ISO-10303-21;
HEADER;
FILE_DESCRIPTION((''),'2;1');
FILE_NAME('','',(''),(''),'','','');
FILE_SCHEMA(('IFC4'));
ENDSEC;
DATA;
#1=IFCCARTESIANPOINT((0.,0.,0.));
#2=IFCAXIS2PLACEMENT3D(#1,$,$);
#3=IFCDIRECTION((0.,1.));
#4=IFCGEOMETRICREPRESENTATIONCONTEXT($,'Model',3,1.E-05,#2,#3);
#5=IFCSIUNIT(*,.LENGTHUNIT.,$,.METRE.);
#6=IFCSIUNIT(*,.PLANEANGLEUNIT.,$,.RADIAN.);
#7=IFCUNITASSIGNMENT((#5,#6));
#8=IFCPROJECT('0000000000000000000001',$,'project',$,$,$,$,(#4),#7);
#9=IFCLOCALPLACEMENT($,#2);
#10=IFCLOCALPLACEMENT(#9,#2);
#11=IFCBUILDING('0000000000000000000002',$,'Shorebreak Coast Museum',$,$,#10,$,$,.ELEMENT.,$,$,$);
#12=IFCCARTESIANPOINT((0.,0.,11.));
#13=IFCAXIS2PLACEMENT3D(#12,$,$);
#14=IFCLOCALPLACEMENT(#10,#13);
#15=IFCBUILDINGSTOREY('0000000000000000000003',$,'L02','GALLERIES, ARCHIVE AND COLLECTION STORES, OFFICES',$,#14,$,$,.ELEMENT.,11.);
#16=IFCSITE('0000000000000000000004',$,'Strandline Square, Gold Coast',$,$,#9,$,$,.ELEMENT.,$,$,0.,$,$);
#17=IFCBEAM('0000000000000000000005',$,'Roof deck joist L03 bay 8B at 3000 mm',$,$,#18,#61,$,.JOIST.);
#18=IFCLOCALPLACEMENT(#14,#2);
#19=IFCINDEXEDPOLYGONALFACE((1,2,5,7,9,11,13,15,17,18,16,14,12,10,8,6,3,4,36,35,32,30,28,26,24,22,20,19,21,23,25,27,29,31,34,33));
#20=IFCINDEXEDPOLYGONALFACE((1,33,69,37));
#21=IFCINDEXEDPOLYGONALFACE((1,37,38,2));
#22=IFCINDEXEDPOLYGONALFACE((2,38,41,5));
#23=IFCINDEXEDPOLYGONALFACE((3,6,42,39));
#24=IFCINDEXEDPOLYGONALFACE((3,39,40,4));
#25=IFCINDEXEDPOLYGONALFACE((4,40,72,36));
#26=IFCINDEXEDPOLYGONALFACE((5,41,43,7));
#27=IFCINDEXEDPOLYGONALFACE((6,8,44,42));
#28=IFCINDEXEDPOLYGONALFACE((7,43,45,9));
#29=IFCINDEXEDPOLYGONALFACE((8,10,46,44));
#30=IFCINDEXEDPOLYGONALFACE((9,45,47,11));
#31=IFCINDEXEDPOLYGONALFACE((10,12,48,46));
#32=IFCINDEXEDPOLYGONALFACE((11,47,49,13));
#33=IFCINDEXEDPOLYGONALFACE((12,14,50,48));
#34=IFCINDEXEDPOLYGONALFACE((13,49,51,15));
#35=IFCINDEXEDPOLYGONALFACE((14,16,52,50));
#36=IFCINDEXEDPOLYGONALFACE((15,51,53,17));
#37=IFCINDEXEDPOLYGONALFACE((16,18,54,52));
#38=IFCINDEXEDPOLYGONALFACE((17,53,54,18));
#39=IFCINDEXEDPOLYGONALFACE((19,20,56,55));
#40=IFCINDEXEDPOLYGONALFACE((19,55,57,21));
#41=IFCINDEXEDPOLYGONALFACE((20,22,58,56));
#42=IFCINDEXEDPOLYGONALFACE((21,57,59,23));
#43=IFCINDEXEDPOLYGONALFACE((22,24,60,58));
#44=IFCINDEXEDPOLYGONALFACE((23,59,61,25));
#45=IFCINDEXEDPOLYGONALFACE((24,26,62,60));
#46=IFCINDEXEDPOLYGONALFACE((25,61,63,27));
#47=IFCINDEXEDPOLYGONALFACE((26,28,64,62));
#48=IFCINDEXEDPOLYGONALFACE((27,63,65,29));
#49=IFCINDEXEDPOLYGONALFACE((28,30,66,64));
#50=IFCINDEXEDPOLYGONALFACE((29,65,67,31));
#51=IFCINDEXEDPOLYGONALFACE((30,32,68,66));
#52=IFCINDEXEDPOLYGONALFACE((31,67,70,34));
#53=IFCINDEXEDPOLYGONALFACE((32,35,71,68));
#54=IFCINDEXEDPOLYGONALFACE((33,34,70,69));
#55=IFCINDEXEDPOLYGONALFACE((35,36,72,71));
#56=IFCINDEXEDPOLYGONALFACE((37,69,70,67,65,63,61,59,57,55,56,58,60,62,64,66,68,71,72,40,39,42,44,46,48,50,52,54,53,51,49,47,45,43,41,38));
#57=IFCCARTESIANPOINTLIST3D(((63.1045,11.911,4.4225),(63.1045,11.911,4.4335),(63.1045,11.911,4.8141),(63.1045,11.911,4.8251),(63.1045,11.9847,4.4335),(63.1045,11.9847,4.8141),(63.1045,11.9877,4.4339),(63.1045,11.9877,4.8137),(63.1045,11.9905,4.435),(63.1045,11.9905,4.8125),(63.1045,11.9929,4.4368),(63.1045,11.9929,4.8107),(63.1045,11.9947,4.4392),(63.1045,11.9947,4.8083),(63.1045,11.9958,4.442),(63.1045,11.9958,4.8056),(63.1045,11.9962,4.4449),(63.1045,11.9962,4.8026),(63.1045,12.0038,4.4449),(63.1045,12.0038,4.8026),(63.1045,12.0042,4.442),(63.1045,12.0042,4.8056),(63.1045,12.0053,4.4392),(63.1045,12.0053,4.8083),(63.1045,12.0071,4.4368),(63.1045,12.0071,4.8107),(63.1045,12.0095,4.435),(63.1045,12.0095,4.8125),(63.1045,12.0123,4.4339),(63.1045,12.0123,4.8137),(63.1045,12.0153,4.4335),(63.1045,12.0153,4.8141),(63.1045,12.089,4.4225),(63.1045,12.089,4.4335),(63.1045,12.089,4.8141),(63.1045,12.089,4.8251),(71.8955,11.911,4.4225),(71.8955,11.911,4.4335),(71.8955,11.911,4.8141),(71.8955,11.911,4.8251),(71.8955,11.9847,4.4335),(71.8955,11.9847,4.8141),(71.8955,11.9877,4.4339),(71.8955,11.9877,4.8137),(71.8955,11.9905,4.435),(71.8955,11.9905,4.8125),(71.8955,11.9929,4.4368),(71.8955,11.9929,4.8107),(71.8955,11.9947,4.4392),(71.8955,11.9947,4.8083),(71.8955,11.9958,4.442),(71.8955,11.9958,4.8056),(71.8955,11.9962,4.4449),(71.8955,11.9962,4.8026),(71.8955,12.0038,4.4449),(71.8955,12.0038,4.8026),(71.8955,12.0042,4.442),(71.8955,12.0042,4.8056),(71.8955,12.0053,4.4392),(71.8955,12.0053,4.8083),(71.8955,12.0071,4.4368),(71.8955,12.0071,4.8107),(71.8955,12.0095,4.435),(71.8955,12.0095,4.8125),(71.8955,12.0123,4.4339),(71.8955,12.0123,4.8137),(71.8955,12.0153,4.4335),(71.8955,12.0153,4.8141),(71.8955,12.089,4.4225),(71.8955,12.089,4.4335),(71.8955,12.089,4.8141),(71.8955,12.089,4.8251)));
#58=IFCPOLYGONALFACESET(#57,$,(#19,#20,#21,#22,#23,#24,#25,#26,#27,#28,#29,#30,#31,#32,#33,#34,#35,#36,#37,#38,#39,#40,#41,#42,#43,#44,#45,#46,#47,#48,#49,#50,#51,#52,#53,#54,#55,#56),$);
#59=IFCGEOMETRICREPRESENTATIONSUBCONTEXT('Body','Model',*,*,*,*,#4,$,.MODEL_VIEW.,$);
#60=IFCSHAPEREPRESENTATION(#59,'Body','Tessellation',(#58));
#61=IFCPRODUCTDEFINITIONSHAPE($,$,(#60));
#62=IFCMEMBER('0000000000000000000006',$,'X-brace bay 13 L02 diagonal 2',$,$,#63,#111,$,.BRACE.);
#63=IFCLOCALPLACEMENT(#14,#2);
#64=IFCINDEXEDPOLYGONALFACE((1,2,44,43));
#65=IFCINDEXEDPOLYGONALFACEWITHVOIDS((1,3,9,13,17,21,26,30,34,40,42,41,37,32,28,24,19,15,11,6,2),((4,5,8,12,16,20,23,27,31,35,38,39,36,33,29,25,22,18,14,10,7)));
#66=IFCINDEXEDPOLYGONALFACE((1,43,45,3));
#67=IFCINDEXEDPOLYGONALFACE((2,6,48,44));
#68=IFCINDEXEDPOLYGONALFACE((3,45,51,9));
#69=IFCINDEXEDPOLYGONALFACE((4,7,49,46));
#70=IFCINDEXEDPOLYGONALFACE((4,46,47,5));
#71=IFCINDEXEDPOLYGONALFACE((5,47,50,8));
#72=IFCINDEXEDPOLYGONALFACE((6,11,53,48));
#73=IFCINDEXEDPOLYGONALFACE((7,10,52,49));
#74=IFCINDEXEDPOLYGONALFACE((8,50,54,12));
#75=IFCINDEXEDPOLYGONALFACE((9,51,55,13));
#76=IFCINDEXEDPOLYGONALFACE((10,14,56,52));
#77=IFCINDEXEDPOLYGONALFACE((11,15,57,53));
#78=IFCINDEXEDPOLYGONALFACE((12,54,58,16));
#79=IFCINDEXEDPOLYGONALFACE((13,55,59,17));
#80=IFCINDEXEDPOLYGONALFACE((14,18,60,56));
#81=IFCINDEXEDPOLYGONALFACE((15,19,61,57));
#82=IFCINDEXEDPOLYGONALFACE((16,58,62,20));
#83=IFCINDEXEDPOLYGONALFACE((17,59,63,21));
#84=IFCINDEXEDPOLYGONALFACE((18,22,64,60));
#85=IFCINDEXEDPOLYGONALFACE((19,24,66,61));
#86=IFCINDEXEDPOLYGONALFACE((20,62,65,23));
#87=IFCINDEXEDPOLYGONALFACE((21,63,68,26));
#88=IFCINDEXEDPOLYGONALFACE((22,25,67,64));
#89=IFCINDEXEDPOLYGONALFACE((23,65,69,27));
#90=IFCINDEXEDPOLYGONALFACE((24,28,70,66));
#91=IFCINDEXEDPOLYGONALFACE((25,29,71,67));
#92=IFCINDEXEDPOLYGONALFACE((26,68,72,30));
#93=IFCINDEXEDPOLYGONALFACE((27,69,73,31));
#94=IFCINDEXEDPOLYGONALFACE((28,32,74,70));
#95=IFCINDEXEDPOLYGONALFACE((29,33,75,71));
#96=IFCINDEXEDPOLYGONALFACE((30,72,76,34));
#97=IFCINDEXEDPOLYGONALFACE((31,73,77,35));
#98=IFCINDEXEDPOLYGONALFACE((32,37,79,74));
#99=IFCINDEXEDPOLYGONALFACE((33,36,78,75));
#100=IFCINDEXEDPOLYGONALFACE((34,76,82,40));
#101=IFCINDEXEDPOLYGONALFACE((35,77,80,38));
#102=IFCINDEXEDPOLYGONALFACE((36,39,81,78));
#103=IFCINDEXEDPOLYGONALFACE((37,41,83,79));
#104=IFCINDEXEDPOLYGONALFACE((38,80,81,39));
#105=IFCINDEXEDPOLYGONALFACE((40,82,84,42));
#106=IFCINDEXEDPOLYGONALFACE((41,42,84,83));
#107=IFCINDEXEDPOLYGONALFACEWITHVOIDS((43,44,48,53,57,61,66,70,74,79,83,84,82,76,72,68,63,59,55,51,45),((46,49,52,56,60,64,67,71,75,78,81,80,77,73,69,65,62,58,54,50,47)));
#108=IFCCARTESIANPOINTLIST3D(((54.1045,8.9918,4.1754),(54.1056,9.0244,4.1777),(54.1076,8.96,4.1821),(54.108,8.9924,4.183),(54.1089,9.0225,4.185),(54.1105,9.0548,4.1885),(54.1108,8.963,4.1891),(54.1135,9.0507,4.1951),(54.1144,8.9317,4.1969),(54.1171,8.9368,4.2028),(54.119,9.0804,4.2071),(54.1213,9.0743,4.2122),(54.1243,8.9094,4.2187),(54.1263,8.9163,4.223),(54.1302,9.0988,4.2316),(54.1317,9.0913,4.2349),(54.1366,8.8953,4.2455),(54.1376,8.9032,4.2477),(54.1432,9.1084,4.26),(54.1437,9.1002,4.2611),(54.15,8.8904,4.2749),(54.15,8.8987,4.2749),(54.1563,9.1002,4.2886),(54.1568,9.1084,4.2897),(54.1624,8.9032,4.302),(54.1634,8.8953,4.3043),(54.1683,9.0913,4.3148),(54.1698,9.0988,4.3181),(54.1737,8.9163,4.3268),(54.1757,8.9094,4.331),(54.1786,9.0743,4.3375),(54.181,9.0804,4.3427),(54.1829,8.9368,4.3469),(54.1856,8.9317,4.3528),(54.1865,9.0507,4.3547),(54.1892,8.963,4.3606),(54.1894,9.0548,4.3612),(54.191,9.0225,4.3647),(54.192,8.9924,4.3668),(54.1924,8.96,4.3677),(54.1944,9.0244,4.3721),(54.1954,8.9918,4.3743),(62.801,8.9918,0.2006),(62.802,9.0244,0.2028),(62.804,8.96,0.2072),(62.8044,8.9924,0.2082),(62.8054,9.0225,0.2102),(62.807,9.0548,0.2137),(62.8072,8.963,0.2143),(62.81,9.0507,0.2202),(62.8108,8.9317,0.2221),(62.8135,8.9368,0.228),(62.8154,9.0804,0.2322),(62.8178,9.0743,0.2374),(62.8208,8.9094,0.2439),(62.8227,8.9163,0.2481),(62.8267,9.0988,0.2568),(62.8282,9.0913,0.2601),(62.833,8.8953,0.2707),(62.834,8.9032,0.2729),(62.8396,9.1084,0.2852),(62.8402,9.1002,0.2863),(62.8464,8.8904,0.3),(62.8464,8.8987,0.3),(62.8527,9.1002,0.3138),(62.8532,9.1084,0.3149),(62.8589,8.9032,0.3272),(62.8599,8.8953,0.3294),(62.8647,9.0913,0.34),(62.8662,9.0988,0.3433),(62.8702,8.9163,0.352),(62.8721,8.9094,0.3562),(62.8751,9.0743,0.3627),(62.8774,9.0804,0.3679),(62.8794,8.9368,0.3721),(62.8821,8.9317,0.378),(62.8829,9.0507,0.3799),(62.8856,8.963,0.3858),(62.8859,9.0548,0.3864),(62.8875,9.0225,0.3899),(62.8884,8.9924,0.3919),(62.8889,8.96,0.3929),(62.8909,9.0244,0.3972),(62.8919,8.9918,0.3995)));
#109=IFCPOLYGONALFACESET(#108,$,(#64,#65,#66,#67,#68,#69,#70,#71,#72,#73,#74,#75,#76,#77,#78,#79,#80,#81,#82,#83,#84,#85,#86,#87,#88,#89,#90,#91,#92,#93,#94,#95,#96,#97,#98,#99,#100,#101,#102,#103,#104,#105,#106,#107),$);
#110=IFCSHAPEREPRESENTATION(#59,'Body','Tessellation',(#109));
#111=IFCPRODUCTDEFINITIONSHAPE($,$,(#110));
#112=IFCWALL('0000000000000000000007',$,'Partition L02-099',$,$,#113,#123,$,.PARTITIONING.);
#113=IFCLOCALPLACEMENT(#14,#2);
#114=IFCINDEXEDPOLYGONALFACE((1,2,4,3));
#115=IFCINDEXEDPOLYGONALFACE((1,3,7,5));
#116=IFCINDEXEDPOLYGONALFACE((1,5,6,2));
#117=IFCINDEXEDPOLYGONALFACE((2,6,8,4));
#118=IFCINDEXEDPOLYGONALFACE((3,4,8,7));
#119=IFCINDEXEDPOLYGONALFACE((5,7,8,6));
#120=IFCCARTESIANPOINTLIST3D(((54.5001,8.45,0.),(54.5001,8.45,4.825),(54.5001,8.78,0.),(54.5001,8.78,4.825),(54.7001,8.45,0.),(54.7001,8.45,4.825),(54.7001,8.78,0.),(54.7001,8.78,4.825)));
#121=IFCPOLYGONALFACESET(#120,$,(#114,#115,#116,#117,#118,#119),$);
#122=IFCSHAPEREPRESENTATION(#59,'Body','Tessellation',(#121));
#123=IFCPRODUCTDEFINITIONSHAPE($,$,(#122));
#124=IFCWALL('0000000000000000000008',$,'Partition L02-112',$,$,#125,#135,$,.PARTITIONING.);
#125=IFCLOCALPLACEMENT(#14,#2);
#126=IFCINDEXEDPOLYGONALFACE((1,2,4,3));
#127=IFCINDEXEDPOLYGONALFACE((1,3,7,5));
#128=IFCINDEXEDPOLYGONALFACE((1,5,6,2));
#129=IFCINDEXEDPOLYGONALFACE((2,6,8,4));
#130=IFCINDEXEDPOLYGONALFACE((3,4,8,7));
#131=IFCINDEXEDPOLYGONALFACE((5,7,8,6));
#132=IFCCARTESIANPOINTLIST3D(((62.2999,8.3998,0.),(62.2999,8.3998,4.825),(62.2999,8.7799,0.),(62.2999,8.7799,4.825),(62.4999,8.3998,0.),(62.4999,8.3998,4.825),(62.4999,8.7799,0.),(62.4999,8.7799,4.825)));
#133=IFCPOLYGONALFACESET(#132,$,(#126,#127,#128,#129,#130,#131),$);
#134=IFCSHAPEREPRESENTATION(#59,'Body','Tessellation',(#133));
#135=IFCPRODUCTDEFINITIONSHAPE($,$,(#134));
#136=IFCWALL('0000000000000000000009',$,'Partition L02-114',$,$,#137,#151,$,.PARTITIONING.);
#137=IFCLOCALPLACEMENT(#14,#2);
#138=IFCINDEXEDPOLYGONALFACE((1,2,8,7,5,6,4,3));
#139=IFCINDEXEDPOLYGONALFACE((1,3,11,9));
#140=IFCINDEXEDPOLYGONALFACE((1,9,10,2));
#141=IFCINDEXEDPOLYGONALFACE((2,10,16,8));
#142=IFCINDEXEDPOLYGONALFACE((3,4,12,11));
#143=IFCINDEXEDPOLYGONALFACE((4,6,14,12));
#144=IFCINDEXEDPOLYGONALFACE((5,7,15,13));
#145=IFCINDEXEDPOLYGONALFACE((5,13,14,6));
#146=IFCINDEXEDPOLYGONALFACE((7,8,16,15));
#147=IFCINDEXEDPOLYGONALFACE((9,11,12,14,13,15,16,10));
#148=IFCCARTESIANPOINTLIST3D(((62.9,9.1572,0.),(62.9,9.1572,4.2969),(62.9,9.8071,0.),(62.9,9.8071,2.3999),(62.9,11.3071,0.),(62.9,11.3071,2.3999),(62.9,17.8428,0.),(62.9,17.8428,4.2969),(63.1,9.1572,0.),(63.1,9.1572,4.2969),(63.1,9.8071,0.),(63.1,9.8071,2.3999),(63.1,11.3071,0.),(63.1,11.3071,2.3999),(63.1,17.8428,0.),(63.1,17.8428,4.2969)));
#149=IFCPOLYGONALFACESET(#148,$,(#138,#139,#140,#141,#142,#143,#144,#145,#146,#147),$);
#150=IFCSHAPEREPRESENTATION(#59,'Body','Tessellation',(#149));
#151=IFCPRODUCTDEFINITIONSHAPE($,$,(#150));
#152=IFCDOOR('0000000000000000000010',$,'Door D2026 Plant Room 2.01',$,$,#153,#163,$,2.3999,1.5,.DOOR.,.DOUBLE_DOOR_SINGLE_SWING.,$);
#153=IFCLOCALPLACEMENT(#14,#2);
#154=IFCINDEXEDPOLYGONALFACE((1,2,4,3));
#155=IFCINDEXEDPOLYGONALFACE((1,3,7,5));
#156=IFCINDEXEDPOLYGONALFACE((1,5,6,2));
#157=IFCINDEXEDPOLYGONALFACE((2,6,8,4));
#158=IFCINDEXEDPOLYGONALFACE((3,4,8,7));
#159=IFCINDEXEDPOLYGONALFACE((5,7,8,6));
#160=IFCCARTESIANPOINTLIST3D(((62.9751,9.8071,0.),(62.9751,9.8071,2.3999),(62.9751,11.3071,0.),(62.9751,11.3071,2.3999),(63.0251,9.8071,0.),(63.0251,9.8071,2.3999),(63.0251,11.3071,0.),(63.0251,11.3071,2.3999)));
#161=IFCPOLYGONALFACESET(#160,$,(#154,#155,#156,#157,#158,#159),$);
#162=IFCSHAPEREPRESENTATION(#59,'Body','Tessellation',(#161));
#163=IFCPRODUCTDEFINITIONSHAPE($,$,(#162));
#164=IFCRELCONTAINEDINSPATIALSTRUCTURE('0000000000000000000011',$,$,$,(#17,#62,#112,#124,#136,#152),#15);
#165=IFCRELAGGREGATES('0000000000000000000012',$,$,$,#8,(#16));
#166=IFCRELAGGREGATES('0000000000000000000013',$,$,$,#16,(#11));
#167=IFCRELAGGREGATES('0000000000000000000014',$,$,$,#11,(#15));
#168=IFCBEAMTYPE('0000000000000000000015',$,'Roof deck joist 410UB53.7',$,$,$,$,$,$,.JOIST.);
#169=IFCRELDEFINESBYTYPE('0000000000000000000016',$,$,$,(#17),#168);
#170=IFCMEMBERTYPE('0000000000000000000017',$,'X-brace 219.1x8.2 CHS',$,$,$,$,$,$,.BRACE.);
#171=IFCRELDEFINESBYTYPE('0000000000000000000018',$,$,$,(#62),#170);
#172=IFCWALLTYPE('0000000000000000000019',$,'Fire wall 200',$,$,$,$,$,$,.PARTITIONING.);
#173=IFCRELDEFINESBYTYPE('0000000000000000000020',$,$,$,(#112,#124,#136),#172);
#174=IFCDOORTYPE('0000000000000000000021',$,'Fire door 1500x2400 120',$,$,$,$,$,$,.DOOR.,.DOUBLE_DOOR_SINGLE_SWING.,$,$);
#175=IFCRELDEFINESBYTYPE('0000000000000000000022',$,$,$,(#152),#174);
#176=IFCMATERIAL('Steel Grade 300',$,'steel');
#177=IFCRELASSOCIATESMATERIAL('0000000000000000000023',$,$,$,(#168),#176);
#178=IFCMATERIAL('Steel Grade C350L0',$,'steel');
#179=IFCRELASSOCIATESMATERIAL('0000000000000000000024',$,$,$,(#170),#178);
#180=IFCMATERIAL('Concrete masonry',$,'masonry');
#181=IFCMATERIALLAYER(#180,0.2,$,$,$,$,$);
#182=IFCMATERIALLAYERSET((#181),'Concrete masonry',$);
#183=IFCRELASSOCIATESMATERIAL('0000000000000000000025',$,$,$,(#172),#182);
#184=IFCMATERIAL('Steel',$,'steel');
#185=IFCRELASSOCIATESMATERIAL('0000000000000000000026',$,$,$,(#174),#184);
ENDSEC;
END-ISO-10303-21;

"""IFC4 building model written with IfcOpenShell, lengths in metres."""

from ifc_helpers import new_model, si_unit, direction, frame, frame_2d, origin, origin_2d, place, context, subcontext, project, spatial, rectangle, hollow_circle, i_section, extrude, material, layer, layer_set, material_profile, profile_set, type_object, element, fill, save


model = new_model("IFC4")

# Units and contexts
model_context = context("Model", 3, precision=1e-05, world=origin(), true_north=direction((0.0, 1.0)))
body_context = subcontext(model_context, "Body", "Model", "MODEL_VIEW")
ifc_project = project(units=[si_unit("LENGTHUNIT", "METRE"), si_unit("PLANEANGLEUNIT", "RADIAN")], contexts=[model_context])

# Site, building, storey
site_placement = place(None, origin())
site = spatial("IfcSite", under=ifc_project, at=site_placement, Name="Strandline Square, Gold Coast", CompositionType="ELEMENT", RefElevation=0.0)
building_placement = place(site_placement, origin())
building = spatial("IfcBuilding", under=site, at=building_placement, Name="Shorebreak Coast Museum", CompositionType="ELEMENT")
storey_placement = place(building_placement, frame((0.0, 0.0, 11.0)))
storey = spatial("IfcBuildingStorey", under=building, at=storey_placement, Name="L02", Description="GALLERIES, ARCHIVE AND COLLECTION STORES, OFFICES", CompositionType="ELEMENT", Elevation=11.0)

# Beam
ifc_material_1 = material(Name="Steel Grade 300", Category="steel")
ifc_material_profile_1 = material_profile(ifc_material_1, i_section(OverallWidth=0.178, OverallDepth=0.4026, WebThickness=0.0076, FlangeThickness=0.011, FilletRadius=0.0115, at=origin_2d()), Name="410UB53.7")
ifc_profile_set_1 = profile_set([ifc_material_profile_1], Name="Steel Grade 300")
beam_type_1 = type_object("IfcBeamType", Name="Roof deck joist 410UB53.7", PredefinedType="JOIST", material=ifc_profile_set_1)
beam_1_placement = place(storey_placement, frame((63.1045, 12.0, 4.6238), z_axis=(1.0, 0.0, 0.0), x_axis=(0.0, 1.0, 0.0)))
element("IfcBeam", 1, at=beam_1_placement, inside=storey, type_object=beam_type_1, Name="Roof deck joist L03 bay 8B at 3000 mm", PredefinedType="JOIST", context=body_context, shape_type="SweptSolid", body=[
    extrude(i_section(OverallWidth=0.178, OverallDepth=0.4026, WebThickness=0.0076, FlangeThickness=0.011, FilletRadius=0.0115, at=origin_2d()), origin(), (0.0, 0.0, 1.0), 8.791),
])

# Member
ifc_material_2 = material(Name="Steel Grade C350L0", Category="steel")
ifc_material_profile_2 = material_profile(ifc_material_2, hollow_circle(Radius=0.1096, WallThickness=0.0083, at=origin_2d()), Name="219.1x8.2 CHS")
ifc_profile_set_2 = profile_set([ifc_material_profile_2], Name="Steel Grade C350L0")
member_type = type_object("IfcMemberType", Name="X-brace 219.1x8.2 CHS", PredefinedType="BRACE", material=ifc_profile_set_2)
member_placement = place(storey_placement, frame((62.8464, 9.0, 0.3), z_axis=(-0.909502, 0.0, 0.415699), x_axis=(0.0, -1.0, 0.0)))
element("IfcMember", 2, at=member_placement, inside=storey, type_object=member_type, Name="X-brace bay 13 L02 diagonal 2", PredefinedType="BRACE", context=body_context, shape_type="SweptSolid", body=[
    extrude(hollow_circle(Radius=0.1096, WallThickness=0.0083, at=origin_2d()), origin(), (0.0, 0.0, 1.0), 9.5618),
])

# Walls
ifc_material_3 = material(Name="Concrete masonry", Category="masonry")
ifc_layer_1 = layer(ifc_material_3, 0.2)
ifc_layer_set_1 = layer_set([ifc_layer_1], Name="Concrete masonry")
wall_type_1 = type_object("IfcWallType", Name="Fire wall 200", PredefinedType="PARTITIONING", material=ifc_layer_set_1)
wall_1_placement = place(storey_placement, frame((54.6001, 8.45, 0.0), z_axis=(0.0, 0.0, 1.0), x_axis=(0.0, 1.0, 0.0)))
element("IfcWall", 3, at=wall_1_placement, inside=storey, type_object=wall_type_1, Name="Partition L02-099", PredefinedType="PARTITIONING", context=body_context, shape_type="SweptSolid", body=[
    extrude(rectangle(XDim=0.3301, YDim=0.2, at=frame_2d((0.165, 0.0))), origin(), (0.0, 0.0, 1.0), 4.825),
])
wall_2_placement = place(storey_placement, frame((62.3999, 8.3999, 0.0), z_axis=(0.0, 0.0, 1.0), x_axis=(0.0, 1.0, 0.0)))
element("IfcWall", 4, at=wall_2_placement, inside=storey, type_object=wall_type_1, Name="Partition L02-112", PredefinedType="PARTITIONING", context=body_context, shape_type="SweptSolid", body=[
    extrude(rectangle(XDim=0.3801, YDim=0.2, at=frame_2d((0.1899, 0.0))), origin(), (0.0, 0.0, 1.0), 4.825),
])

# Wall, opening, door
wall_3_placement = place(storey_placement, frame((63.0, 9.1572, 0.0), z_axis=(0.0, 0.0, 1.0), x_axis=(0.0, 1.0, 0.0)))
wall_3 = element("IfcWall", 5, at=wall_3_placement, inside=storey, type_object=wall_type_1, Name="Partition L02-114", PredefinedType="PARTITIONING", context=body_context, shape_type="SweptSolid", body=[
    extrude(rectangle(XDim=8.6855, YDim=0.2, at=frame_2d((4.3428, 0.0))), origin(), (0.0, 0.0, 1.0), 4.2969),
])
opening_1_placement = place(wall_3_placement, frame((0.6499, 0.0, 0.0)))
opening_1 = element("IfcOpeningElement", 6, at=opening_1_placement, cuts=wall_3, PredefinedType="OPENING", context=body_context, shape_type="SweptSolid", body=[
    extrude(rectangle(XDim=1.5, YDim=2.3999, at=frame_2d((0.75, 1.2))), frame((0.0, 0.1099, 0.0), z_axis=(0.0, -1.0, 0.0), x_axis=(1.0, 0.0, 0.0)), (0.0, 0.0, 1.0), 0.22),
])
ifc_material_4 = material(Name="Steel", Category="steel")
door_type_1 = type_object("IfcDoorType", Name="Fire door 1500x2400 120", OperationType="DOUBLE_DOOR_SINGLE_SWING", PredefinedType="DOOR", material=ifc_material_4)
door_1_placement = place(opening_1_placement, origin())
door_1 = element("IfcDoor", 7, at=door_1_placement, inside=storey, type_object=door_type_1, Name="Door D2026 Plant Room 2.01", OperationType="DOUBLE_DOOR_SINGLE_SWING", OverallHeight=2.3999, OverallWidth=1.5, PredefinedType="DOOR", context=body_context, shape_type="SweptSolid", body=[
    extrude(rectangle(XDim=1.5, YDim=2.3999, at=frame_2d((0.75, 1.2))), frame((0.0, 0.0249, 0.0), z_axis=(0.0, -1.0, 0.0), x_axis=(1.0, 0.0, 0.0)), (0.0, 0.0, 1.0), 0.05),
])
fill(opening_1, door_1)

save(model, "model.ifc")
